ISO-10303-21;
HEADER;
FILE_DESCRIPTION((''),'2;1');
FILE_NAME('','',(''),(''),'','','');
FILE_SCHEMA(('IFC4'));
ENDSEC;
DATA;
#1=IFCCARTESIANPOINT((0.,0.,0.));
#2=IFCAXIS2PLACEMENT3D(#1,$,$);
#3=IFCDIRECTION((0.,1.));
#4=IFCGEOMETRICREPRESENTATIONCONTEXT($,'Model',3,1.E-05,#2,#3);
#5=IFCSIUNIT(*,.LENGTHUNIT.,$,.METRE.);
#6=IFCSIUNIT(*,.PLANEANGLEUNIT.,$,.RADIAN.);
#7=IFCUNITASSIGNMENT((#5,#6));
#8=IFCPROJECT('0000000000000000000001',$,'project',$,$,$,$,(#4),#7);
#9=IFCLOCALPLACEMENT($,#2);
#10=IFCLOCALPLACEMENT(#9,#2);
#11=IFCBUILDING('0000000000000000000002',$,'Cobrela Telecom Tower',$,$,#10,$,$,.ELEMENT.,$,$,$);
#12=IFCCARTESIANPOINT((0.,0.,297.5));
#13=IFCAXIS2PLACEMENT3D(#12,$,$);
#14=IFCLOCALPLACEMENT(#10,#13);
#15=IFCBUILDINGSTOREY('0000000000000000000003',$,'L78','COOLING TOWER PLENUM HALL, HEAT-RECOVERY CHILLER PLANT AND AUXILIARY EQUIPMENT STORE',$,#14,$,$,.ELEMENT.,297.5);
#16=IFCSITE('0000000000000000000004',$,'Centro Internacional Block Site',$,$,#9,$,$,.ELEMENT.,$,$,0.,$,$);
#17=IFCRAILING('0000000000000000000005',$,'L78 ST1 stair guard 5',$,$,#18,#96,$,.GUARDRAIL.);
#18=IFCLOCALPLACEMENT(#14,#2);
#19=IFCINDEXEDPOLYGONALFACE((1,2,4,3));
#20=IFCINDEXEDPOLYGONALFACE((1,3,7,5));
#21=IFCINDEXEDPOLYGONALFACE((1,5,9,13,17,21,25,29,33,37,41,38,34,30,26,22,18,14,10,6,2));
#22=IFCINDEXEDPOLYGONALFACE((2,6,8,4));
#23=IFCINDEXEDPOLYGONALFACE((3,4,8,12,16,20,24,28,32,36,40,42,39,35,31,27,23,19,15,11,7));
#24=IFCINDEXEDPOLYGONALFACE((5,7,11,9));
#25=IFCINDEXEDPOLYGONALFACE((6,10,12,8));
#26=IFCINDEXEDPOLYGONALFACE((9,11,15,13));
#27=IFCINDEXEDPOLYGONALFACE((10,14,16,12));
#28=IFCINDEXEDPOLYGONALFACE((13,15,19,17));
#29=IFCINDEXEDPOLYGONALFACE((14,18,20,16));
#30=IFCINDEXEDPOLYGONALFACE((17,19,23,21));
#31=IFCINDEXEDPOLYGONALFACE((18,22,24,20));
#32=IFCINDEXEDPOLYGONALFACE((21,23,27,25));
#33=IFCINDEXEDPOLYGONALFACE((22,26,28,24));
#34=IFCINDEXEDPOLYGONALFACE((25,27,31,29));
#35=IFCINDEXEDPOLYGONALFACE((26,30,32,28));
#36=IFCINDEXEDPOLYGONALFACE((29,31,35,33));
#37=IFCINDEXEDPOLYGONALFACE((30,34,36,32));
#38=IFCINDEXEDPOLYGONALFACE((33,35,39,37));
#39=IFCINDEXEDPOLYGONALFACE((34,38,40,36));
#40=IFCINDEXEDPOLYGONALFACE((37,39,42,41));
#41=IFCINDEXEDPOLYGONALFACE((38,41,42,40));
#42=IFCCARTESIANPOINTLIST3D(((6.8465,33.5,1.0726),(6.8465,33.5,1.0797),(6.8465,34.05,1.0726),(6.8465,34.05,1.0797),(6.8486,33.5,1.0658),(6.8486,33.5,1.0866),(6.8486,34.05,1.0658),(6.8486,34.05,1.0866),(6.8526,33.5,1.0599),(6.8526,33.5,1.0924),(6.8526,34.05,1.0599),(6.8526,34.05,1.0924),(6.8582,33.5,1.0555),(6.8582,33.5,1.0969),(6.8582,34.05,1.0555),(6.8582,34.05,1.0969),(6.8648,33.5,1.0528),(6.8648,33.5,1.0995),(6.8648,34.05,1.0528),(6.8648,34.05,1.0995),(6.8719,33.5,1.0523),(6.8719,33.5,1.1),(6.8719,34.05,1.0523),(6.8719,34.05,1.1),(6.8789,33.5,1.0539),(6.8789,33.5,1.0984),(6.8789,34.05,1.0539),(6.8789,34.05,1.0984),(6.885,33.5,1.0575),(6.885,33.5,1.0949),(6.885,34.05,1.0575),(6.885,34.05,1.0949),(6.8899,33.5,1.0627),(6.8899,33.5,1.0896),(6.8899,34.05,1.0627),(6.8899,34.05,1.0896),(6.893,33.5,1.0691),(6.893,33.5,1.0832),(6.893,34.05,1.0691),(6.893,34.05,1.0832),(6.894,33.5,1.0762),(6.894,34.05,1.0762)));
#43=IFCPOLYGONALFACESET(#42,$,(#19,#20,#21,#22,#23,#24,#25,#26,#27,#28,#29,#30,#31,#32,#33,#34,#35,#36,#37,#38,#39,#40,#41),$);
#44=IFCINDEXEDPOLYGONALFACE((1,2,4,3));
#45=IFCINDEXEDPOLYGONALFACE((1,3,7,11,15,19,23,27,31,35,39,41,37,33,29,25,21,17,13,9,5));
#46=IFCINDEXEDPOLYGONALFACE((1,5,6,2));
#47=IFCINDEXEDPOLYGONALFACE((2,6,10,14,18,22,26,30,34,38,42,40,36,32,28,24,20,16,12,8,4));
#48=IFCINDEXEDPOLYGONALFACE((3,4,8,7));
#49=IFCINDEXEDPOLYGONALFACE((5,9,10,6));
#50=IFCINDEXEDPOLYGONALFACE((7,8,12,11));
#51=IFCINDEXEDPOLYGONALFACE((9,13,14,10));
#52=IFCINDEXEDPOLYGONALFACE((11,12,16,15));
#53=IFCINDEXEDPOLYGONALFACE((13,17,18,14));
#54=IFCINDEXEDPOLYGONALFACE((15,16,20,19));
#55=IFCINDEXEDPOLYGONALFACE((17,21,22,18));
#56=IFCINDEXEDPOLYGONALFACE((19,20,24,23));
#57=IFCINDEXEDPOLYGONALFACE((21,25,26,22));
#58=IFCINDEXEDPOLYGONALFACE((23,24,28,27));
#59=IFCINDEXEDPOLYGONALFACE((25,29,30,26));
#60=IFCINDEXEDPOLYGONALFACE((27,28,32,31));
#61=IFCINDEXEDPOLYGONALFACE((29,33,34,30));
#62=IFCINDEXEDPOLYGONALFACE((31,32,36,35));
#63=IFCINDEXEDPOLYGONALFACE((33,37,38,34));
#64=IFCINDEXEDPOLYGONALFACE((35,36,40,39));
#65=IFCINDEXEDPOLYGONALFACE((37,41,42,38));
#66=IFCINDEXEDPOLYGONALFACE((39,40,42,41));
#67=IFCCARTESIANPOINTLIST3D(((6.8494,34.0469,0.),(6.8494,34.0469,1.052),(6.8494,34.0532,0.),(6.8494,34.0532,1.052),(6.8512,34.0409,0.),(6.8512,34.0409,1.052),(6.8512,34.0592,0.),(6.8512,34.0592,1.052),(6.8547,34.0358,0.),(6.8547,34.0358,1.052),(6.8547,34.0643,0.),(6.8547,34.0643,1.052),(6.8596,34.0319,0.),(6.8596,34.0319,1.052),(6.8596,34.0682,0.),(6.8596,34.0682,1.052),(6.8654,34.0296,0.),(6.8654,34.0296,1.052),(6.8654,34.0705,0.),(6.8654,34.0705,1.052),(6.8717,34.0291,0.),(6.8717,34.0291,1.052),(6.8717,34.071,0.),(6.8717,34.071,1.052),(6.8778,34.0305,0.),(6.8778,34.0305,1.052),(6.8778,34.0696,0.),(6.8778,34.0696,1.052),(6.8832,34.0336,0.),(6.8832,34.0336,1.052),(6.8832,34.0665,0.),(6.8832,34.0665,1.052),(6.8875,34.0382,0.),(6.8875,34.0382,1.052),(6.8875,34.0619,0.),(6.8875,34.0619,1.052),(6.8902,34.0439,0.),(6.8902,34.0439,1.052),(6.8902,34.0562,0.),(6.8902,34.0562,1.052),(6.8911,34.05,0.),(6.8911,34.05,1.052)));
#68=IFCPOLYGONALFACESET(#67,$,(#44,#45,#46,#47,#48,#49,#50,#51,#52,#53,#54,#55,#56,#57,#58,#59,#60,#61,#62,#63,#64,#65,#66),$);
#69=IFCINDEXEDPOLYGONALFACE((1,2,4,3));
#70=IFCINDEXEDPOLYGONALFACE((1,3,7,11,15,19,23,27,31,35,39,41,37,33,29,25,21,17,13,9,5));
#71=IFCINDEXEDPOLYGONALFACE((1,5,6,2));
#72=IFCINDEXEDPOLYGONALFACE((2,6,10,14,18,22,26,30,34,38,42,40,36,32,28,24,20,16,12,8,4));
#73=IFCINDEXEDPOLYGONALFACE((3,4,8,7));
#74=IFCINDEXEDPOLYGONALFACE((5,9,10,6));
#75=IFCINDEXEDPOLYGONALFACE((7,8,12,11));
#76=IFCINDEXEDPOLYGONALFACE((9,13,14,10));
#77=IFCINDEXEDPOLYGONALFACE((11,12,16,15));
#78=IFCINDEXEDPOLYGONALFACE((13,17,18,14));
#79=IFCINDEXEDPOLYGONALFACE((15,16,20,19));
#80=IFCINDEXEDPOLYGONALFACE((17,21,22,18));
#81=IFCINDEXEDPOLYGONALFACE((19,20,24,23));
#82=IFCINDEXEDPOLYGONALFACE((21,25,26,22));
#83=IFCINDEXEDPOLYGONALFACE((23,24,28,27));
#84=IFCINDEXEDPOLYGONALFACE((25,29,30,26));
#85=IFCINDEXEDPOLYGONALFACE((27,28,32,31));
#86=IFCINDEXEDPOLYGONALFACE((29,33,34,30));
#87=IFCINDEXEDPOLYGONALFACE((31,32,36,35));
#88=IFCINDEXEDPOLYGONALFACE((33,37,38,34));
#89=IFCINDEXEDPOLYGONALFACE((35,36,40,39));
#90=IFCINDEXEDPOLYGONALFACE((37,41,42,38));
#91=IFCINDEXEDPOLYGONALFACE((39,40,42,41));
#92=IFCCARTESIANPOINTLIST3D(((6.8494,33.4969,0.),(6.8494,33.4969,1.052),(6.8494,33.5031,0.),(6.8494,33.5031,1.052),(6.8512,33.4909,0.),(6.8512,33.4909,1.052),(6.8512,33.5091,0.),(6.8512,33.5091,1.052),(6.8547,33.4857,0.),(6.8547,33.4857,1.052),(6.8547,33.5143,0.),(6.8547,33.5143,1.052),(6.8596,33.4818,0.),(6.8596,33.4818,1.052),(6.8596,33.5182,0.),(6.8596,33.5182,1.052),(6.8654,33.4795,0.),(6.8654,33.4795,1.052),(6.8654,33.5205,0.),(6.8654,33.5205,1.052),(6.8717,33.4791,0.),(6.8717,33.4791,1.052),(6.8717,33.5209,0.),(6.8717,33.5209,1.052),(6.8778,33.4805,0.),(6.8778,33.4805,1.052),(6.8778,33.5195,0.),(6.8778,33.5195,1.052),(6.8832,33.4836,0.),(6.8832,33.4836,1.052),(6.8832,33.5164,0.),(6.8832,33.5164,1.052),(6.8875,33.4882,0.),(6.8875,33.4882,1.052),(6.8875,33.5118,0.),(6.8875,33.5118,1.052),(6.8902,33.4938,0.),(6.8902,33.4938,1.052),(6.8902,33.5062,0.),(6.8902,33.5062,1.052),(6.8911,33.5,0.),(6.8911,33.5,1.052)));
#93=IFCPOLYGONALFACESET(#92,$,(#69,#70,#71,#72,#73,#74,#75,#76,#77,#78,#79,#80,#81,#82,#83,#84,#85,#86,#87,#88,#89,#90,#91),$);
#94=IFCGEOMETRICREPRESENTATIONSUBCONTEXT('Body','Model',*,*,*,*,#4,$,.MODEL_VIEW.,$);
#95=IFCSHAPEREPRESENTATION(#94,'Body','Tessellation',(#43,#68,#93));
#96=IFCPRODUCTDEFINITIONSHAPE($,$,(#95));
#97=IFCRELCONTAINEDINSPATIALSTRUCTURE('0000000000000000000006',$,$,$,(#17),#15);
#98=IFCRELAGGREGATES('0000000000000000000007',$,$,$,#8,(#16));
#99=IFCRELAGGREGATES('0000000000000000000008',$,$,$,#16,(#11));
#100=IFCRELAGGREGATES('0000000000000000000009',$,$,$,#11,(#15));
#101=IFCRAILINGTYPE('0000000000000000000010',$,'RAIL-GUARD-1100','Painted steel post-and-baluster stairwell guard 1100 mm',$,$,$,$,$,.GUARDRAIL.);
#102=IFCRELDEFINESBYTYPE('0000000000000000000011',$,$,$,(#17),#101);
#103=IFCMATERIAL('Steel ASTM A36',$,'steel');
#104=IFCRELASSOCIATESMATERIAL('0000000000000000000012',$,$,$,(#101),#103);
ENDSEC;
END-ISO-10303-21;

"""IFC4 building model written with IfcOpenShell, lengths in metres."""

from ifc_helpers import new_model, si_unit, direction, frame, origin, origin_2d, place, context, subcontext, project, spatial, circle, extrude, material, type_object, element, save


model = new_model("IFC4")

# Units and contexts
model_context = context("Model", 3, precision=1e-05, world=origin(), true_north=direction((0.0, 1.0)))
body_context = subcontext(model_context, "Body", "Model", "MODEL_VIEW")
ifc_project = project(units=[si_unit("LENGTHUNIT", "METRE"), si_unit("PLANEANGLEUNIT", "RADIAN")], contexts=[model_context])

# Site, building, storey
site_placement = place(None, origin())
site = spatial("IfcSite", under=ifc_project, at=site_placement, Name="Centro Internacional Block Site", CompositionType="ELEMENT", RefElevation=0.0)
building_placement = place(site_placement, origin())
building = spatial("IfcBuilding", under=site, at=building_placement, Name="Cobrela Telecom Tower", CompositionType="ELEMENT")
storey_placement = place(building_placement, frame((0.0, 0.0, 297.5)))
storey = spatial("IfcBuildingStorey", under=building, at=storey_placement, Name="L78", Description="COOLING TOWER PLENUM HALL, HEAT-RECOVERY CHILLER PLANT AND AUXILIARY EQUIPMENT STORE", CompositionType="ELEMENT", Elevation=297.5)

# Shared definitions
ifc_material_1 = material(Name="Steel ASTM A36", Category="steel")

# Railing
railing_type_1 = type_object("IfcRailingType", Name="RAIL-GUARD-1100", Description="Painted steel post-and-baluster stairwell guard 1100 mm", PredefinedType="GUARDRAIL", material=ifc_material_1)
railing_1_placement = place(storey_placement, frame((6.8701, 34.05, 0.0)))
element("IfcRailing", 1, at=railing_1_placement, inside=storey, type_object=railing_type_1, Name="L78 ST1 stair guard 5", PredefinedType="GUARDRAIL", context=body_context, shape_type="SweptSolid", body=[
    extrude(circle(Radius=0.0239, at=origin_2d()), frame((0.0, 0.0, 1.0762), z_axis=(0.0, -1.0, 0.0), x_axis=(1.0, 0.0, 0.0)), (0.0, 0.0, 1.0), 0.55),
    extrude(circle(Radius=0.021, at=origin_2d()), origin(), (0.0, 0.0, 1.0), 1.052),
    extrude(circle(Radius=0.021, at=origin_2d()), frame((0.0, -0.55, 0.0)), (0.0, 0.0, 1.0), 1.052),
])

save(model, "model.ifc")
